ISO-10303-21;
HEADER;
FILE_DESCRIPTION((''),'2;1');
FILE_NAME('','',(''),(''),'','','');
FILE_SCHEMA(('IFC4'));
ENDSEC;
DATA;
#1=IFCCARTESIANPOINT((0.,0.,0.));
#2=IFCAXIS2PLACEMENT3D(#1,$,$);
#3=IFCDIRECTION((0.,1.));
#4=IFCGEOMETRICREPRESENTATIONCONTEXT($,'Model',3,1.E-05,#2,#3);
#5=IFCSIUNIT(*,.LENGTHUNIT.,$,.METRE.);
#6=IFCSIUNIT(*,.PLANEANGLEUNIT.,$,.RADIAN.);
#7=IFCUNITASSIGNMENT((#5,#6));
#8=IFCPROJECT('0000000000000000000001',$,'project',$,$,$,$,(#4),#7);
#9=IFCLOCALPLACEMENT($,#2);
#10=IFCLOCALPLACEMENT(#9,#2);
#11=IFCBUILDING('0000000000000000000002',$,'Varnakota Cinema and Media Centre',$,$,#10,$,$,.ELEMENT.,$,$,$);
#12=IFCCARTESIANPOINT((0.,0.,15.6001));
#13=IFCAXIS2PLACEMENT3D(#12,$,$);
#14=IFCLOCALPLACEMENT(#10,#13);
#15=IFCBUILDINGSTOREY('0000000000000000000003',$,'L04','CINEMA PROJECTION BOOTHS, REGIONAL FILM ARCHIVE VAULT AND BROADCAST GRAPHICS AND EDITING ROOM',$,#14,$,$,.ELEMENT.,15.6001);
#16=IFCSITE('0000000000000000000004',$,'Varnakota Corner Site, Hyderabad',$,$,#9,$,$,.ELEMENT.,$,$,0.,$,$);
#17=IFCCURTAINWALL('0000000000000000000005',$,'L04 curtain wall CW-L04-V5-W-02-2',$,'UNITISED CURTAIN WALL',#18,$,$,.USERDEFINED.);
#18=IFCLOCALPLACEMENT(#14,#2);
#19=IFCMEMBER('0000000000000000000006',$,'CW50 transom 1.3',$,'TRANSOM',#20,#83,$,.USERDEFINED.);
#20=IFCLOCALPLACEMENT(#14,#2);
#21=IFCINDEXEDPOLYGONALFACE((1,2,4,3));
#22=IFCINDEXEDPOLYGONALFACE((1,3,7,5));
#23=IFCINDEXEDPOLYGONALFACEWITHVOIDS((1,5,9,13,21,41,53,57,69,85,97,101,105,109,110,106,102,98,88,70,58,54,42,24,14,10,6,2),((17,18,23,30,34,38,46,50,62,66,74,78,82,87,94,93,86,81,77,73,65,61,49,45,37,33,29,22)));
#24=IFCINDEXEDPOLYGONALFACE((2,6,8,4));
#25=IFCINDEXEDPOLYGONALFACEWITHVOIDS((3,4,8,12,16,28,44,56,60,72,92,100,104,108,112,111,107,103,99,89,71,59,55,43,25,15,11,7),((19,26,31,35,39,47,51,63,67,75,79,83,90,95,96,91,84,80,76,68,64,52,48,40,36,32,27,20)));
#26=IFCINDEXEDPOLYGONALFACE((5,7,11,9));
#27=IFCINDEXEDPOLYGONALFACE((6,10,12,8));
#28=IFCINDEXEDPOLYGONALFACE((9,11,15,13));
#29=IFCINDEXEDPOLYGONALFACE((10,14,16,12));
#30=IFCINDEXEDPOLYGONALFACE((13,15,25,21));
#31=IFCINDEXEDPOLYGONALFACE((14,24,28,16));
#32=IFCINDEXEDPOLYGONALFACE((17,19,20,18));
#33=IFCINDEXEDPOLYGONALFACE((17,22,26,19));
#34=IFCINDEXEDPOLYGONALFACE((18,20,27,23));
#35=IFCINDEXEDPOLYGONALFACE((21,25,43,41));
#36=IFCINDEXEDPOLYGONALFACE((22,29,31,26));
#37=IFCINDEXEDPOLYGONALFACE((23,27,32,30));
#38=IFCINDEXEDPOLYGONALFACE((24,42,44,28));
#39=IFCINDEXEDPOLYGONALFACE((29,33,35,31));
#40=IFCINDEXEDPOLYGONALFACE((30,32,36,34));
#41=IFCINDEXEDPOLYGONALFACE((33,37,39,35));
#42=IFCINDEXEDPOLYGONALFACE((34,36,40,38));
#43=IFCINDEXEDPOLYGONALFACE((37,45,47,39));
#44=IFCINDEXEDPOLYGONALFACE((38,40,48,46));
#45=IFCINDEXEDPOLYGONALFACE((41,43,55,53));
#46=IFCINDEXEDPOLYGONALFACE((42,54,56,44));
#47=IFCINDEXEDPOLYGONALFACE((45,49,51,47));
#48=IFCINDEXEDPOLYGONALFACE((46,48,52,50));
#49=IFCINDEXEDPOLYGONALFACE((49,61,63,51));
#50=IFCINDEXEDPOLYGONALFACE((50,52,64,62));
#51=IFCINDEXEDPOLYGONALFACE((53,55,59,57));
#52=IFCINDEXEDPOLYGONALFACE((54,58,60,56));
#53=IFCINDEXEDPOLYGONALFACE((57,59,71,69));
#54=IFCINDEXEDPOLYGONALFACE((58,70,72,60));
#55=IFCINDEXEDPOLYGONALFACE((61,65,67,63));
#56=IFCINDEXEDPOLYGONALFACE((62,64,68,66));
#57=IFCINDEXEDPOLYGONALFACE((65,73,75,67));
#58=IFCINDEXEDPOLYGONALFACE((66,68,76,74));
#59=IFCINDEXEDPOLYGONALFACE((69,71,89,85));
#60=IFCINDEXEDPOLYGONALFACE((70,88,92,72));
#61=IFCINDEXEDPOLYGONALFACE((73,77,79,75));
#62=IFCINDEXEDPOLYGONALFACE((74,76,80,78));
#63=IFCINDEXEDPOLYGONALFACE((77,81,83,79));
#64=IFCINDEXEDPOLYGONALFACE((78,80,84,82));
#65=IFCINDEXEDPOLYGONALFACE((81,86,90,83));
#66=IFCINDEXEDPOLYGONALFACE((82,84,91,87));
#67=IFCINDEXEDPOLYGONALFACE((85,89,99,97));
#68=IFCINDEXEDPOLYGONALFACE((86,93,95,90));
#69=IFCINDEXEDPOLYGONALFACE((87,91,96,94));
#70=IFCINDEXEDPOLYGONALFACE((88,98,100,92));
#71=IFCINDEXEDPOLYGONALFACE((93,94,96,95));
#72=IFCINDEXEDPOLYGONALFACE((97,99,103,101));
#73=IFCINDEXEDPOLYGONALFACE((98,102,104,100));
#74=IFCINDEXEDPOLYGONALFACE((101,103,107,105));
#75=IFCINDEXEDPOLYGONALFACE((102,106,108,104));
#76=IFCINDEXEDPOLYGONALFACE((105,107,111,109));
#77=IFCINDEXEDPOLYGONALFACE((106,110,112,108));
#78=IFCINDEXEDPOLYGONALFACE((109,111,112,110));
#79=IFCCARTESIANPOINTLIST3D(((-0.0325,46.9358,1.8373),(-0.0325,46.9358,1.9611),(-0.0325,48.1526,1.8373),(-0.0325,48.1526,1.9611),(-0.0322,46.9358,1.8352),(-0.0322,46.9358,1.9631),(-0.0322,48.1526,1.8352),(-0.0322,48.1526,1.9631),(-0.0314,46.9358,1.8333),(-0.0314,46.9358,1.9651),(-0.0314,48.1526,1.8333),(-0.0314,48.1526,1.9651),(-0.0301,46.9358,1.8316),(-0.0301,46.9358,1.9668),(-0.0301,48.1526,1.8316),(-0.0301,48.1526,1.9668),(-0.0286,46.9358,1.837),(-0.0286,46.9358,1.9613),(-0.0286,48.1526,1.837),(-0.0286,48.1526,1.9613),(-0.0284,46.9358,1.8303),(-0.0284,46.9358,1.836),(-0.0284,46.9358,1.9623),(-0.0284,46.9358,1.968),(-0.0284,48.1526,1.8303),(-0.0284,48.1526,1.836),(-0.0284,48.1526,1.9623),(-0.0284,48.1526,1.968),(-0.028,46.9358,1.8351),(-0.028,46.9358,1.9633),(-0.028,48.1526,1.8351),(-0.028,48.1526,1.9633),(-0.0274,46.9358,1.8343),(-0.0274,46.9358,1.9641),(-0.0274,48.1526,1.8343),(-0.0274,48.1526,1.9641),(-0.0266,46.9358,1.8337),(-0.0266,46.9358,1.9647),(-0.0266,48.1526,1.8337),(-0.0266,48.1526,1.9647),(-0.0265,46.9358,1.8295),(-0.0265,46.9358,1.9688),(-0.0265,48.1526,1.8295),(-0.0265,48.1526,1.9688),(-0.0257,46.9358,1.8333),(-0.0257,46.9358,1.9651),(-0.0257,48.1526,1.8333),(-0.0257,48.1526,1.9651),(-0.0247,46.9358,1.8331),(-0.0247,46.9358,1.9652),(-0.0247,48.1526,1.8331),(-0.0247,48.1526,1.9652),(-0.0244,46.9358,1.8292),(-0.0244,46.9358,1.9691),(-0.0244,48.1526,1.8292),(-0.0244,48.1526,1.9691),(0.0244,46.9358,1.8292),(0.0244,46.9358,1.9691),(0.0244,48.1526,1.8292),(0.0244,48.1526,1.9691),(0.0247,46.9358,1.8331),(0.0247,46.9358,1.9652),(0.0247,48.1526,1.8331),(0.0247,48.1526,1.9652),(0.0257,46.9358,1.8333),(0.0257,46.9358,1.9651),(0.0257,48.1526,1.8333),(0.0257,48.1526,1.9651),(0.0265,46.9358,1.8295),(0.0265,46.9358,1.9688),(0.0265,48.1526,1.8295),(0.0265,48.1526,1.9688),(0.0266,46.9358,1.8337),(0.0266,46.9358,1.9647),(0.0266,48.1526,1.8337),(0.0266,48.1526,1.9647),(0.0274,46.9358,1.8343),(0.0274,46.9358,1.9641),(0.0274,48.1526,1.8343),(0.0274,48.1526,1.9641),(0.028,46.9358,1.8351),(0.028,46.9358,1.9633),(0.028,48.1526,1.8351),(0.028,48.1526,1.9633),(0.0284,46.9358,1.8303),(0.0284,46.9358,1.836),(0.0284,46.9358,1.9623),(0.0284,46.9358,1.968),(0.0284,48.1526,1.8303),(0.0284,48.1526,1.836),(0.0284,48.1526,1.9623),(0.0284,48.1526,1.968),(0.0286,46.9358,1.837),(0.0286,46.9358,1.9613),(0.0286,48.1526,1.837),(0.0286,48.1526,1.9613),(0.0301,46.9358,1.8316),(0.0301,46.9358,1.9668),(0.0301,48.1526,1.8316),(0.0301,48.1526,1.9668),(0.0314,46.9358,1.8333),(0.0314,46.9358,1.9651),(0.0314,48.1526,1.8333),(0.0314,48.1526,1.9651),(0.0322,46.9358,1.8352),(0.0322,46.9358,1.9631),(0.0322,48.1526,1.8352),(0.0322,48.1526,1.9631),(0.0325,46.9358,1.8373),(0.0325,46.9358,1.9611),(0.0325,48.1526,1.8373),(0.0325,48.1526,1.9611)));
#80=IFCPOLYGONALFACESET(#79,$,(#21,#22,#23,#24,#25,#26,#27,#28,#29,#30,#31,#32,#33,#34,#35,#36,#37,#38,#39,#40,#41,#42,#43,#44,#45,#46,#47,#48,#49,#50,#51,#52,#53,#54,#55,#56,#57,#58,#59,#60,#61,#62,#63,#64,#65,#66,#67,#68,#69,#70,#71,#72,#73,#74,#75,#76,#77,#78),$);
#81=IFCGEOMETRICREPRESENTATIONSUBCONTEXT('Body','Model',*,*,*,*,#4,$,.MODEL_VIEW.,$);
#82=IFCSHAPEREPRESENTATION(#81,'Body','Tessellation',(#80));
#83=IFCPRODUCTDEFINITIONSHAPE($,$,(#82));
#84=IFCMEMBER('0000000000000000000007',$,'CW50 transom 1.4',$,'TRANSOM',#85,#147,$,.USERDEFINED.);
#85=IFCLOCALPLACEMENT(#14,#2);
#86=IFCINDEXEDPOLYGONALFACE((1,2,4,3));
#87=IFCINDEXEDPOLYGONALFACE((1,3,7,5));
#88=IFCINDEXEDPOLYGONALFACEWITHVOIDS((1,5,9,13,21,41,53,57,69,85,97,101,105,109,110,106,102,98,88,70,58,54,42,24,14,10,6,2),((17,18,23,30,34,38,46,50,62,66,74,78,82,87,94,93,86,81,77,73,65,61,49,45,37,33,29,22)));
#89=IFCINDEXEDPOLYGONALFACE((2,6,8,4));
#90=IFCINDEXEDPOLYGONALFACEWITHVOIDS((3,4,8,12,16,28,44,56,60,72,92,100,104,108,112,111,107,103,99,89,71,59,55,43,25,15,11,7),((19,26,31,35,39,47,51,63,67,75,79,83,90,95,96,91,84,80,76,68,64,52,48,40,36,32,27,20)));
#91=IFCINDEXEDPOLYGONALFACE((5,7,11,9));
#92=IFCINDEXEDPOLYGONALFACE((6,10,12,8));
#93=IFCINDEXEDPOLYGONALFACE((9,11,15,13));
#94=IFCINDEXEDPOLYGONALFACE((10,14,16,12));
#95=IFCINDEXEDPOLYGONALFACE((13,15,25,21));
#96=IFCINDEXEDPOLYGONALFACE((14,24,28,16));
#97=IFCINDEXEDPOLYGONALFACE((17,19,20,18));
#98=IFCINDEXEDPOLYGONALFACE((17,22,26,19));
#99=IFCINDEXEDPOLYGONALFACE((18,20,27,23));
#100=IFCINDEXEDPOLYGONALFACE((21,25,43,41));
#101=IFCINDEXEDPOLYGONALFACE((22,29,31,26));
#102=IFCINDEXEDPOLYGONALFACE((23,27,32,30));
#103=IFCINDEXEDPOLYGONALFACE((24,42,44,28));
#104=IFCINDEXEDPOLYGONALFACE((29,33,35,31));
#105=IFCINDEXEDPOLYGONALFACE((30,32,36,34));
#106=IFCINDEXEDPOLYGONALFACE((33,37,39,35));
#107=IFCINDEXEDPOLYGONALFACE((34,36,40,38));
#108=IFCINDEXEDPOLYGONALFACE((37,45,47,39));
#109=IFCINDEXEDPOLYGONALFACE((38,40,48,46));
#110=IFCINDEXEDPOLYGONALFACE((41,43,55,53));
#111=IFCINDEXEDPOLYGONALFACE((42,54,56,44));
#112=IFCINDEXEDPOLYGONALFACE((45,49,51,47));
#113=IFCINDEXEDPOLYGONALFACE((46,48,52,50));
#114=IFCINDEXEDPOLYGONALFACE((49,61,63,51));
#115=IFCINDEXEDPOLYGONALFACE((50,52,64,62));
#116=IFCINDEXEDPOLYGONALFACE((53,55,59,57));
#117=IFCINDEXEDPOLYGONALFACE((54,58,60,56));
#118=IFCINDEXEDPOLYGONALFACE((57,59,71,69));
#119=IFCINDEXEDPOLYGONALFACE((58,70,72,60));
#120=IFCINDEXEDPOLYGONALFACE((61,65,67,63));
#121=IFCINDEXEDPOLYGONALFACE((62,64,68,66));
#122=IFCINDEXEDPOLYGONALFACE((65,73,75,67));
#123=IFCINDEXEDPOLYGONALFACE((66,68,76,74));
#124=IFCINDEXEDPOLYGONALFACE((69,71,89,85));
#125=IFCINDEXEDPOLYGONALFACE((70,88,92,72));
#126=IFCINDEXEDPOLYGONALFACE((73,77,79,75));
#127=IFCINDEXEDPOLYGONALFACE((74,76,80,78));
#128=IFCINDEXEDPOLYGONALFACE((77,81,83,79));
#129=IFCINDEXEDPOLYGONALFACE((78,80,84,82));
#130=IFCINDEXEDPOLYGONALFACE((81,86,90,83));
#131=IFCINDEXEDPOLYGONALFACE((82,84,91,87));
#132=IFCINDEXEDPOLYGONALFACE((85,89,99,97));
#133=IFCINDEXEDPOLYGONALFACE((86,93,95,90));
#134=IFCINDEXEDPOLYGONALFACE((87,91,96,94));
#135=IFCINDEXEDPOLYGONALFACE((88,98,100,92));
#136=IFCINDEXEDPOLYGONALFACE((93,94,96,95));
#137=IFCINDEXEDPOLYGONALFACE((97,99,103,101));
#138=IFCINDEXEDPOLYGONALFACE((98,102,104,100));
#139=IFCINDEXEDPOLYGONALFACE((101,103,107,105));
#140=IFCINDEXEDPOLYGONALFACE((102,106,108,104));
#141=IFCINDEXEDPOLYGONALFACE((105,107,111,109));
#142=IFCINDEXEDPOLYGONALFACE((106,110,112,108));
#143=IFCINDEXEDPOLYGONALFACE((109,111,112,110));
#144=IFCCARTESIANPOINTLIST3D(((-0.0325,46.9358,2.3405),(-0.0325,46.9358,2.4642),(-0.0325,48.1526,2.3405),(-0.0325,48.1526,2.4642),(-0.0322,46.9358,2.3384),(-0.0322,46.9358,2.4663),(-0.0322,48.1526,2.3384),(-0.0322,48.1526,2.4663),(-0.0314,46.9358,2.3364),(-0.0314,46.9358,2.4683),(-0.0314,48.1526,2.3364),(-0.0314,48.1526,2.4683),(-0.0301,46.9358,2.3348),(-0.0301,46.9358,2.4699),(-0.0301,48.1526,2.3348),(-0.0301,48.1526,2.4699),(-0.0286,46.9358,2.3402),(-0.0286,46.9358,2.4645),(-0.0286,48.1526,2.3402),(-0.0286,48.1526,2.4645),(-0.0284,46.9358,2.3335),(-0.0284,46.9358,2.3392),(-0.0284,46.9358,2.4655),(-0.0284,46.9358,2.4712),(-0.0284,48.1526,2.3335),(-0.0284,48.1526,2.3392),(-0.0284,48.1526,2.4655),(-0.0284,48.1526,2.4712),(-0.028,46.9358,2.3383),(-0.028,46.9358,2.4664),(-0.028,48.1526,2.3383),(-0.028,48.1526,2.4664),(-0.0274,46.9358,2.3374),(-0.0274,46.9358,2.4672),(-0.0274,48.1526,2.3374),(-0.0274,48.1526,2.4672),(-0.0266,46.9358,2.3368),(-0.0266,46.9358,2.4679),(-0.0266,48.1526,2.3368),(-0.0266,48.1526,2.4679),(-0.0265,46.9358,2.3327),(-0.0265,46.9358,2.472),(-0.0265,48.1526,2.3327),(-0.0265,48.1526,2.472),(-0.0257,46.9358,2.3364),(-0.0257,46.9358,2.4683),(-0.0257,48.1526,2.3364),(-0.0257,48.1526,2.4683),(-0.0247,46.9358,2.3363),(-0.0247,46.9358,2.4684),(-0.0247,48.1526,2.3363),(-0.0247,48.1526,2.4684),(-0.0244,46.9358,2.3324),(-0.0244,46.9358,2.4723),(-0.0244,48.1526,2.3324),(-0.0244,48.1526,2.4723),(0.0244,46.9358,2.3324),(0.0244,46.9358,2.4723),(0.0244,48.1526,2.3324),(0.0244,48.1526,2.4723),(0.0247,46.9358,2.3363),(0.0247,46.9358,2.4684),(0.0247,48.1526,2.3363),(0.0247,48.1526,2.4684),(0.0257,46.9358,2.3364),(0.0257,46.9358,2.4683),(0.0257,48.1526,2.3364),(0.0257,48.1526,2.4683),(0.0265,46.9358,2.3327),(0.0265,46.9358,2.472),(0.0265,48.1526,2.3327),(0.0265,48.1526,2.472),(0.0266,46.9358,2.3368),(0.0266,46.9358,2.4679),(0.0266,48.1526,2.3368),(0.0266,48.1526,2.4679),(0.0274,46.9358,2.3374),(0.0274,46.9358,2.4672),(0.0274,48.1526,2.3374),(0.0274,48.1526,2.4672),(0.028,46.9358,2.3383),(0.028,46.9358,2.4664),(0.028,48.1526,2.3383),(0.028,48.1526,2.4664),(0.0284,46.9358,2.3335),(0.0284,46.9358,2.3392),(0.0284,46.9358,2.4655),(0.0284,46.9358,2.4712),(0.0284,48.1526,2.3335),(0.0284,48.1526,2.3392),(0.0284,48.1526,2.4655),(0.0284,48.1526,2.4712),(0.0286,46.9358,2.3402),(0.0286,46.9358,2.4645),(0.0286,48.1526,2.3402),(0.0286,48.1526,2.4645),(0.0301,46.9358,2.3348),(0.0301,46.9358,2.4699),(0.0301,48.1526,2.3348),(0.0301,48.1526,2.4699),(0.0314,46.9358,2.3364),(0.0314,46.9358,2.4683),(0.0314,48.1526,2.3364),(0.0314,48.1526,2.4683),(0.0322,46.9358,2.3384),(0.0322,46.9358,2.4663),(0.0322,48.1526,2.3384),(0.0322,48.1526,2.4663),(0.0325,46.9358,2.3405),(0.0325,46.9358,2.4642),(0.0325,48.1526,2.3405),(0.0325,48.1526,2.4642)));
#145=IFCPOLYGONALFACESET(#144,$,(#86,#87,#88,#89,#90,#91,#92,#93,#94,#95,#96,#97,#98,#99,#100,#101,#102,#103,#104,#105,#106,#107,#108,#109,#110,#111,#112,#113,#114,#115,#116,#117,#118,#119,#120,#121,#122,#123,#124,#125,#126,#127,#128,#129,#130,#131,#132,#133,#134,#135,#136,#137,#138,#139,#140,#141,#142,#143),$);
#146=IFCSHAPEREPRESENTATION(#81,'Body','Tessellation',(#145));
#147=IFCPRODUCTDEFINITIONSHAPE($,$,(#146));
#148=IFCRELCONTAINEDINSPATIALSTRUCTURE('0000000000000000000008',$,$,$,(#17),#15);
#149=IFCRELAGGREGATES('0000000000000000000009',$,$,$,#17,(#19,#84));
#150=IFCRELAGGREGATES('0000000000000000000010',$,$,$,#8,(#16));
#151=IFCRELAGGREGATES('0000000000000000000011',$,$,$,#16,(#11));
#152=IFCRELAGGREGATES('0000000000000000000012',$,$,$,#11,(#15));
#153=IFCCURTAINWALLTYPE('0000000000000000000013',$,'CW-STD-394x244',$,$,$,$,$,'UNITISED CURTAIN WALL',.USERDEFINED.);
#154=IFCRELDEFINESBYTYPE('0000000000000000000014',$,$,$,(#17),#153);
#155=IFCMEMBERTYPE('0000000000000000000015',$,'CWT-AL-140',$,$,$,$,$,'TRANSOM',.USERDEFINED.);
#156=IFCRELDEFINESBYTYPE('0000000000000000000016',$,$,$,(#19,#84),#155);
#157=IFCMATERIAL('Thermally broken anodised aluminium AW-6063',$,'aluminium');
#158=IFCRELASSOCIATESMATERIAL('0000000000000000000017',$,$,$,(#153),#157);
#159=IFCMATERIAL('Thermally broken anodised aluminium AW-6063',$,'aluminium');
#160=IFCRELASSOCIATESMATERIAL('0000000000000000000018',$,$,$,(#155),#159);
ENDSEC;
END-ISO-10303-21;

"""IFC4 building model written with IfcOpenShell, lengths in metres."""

from ifc_helpers import new_model, si_unit, direction, frame, origin, origin_2d, place, context, subcontext, project, spatial, hollow_rectangle, extrude, material, material_profile, profile_set, type_object, element, aggregate, save


model = new_model("IFC4")

# Units and contexts
model_context = context("Model", 3, precision=1e-05, world=origin(), true_north=direction((0.0, 1.0)))
body_context = subcontext(model_context, "Body", "Model", "MODEL_VIEW")
ifc_project = project(units=[si_unit("LENGTHUNIT", "METRE"), si_unit("PLANEANGLEUNIT", "RADIAN")], contexts=[model_context])

# Site, building, storey
site_placement = place(None, origin())
site = spatial("IfcSite", under=ifc_project, at=site_placement, Name="Varnakota Corner Site, Hyderabad", CompositionType="ELEMENT", RefElevation=0.0)
building_placement = place(site_placement, origin())
building = spatial("IfcBuilding", under=site, at=building_placement, Name="Varnakota Cinema and Media Centre", CompositionType="ELEMENT")
storey_placement = place(building_placement, frame((0.0, 0.0, 15.6001)))
storey = spatial("IfcBuildingStorey", under=building, at=storey_placement, Name="L04", Description="CINEMA PROJECTION BOOTHS, REGIONAL FILM ARCHIVE VAULT AND BROADCAST GRAPHICS AND EDITING ROOM", CompositionType="ELEMENT", Elevation=15.6001)

# Curtain wall
ifc_material_1 = material(Name="Thermally broken anodised aluminium AW-6063", Category="aluminium")
curtain_wall_type = type_object("IfcCurtainWallType", Name="CW-STD-394x244", ElementType="UNITISED CURTAIN WALL", PredefinedType="USERDEFINED", material=ifc_material_1)
curtain_wall_1_placement = place(storey_placement, origin())
curtain_wall_1 = element("IfcCurtainWall", 1, at=curtain_wall_1_placement, inside=storey, type_object=curtain_wall_type, Name="L04 curtain wall CW-L04-V5-W-02-2", ObjectType="UNITISED CURTAIN WALL", PredefinedType="USERDEFINED")

# Members
ifc_material_2 = material(Name="Thermally broken anodised aluminium AW-6063", Category="aluminium")
ifc_material_profile_1 = material_profile(ifc_material_2, hollow_rectangle(XDim=0.0649, YDim=0.1399, WallThickness=0.0039, InnerFilletRadius=0.0039, OuterFilletRadius=0.0081, at=origin_2d()), Name="AL-TRANSOM 140x65x4")
ifc_profile_set_1 = profile_set([ifc_material_profile_1], Name="Thermally broken anodised aluminium AW-6063")
member_type_1 = type_object("IfcMemberType", Name="CWT-AL-140", ElementType="TRANSOM", PredefinedType="USERDEFINED", material=ifc_profile_set_1)
member_1_placement = place(storey_placement, frame((0.0, 48.1526, 1.8992), z_axis=(0.0, -1.0, 0.0), x_axis=(1.0, 0.0, 0.0)))
member_1 = element("IfcMember", 2, at=member_1_placement, type_object=member_type_1, Name="CW50 transom 1.3", ObjectType="TRANSOM", PredefinedType="USERDEFINED", context=body_context, shape_type="SweptSolid", body=[
    extrude(hollow_rectangle(XDim=0.0649, YDim=0.1399, WallThickness=0.0039, InnerFilletRadius=0.0039, OuterFilletRadius=0.0081, at=origin_2d()), origin(), (0.0, 0.0, 1.0), 1.2168),
])
member_2_placement = place(storey_placement, frame((0.0, 48.1526, 2.4023), z_axis=(0.0, -1.0, 0.0), x_axis=(1.0, 0.0, 0.0)))
member_2 = element("IfcMember", 3, at=member_2_placement, type_object=member_type_1, Name="CW50 transom 1.4", ObjectType="TRANSOM", PredefinedType="USERDEFINED", context=body_context, shape_type="SweptSolid", body=[
    extrude(hollow_rectangle(XDim=0.0649, YDim=0.1399, WallThickness=0.0039, InnerFilletRadius=0.0039, OuterFilletRadius=0.0081, at=origin_2d()), origin(), (0.0, 0.0, 1.0), 1.2168),
])

aggregate(curtain_wall_1, [member_1, member_2])

save(model, "model.ifc")
